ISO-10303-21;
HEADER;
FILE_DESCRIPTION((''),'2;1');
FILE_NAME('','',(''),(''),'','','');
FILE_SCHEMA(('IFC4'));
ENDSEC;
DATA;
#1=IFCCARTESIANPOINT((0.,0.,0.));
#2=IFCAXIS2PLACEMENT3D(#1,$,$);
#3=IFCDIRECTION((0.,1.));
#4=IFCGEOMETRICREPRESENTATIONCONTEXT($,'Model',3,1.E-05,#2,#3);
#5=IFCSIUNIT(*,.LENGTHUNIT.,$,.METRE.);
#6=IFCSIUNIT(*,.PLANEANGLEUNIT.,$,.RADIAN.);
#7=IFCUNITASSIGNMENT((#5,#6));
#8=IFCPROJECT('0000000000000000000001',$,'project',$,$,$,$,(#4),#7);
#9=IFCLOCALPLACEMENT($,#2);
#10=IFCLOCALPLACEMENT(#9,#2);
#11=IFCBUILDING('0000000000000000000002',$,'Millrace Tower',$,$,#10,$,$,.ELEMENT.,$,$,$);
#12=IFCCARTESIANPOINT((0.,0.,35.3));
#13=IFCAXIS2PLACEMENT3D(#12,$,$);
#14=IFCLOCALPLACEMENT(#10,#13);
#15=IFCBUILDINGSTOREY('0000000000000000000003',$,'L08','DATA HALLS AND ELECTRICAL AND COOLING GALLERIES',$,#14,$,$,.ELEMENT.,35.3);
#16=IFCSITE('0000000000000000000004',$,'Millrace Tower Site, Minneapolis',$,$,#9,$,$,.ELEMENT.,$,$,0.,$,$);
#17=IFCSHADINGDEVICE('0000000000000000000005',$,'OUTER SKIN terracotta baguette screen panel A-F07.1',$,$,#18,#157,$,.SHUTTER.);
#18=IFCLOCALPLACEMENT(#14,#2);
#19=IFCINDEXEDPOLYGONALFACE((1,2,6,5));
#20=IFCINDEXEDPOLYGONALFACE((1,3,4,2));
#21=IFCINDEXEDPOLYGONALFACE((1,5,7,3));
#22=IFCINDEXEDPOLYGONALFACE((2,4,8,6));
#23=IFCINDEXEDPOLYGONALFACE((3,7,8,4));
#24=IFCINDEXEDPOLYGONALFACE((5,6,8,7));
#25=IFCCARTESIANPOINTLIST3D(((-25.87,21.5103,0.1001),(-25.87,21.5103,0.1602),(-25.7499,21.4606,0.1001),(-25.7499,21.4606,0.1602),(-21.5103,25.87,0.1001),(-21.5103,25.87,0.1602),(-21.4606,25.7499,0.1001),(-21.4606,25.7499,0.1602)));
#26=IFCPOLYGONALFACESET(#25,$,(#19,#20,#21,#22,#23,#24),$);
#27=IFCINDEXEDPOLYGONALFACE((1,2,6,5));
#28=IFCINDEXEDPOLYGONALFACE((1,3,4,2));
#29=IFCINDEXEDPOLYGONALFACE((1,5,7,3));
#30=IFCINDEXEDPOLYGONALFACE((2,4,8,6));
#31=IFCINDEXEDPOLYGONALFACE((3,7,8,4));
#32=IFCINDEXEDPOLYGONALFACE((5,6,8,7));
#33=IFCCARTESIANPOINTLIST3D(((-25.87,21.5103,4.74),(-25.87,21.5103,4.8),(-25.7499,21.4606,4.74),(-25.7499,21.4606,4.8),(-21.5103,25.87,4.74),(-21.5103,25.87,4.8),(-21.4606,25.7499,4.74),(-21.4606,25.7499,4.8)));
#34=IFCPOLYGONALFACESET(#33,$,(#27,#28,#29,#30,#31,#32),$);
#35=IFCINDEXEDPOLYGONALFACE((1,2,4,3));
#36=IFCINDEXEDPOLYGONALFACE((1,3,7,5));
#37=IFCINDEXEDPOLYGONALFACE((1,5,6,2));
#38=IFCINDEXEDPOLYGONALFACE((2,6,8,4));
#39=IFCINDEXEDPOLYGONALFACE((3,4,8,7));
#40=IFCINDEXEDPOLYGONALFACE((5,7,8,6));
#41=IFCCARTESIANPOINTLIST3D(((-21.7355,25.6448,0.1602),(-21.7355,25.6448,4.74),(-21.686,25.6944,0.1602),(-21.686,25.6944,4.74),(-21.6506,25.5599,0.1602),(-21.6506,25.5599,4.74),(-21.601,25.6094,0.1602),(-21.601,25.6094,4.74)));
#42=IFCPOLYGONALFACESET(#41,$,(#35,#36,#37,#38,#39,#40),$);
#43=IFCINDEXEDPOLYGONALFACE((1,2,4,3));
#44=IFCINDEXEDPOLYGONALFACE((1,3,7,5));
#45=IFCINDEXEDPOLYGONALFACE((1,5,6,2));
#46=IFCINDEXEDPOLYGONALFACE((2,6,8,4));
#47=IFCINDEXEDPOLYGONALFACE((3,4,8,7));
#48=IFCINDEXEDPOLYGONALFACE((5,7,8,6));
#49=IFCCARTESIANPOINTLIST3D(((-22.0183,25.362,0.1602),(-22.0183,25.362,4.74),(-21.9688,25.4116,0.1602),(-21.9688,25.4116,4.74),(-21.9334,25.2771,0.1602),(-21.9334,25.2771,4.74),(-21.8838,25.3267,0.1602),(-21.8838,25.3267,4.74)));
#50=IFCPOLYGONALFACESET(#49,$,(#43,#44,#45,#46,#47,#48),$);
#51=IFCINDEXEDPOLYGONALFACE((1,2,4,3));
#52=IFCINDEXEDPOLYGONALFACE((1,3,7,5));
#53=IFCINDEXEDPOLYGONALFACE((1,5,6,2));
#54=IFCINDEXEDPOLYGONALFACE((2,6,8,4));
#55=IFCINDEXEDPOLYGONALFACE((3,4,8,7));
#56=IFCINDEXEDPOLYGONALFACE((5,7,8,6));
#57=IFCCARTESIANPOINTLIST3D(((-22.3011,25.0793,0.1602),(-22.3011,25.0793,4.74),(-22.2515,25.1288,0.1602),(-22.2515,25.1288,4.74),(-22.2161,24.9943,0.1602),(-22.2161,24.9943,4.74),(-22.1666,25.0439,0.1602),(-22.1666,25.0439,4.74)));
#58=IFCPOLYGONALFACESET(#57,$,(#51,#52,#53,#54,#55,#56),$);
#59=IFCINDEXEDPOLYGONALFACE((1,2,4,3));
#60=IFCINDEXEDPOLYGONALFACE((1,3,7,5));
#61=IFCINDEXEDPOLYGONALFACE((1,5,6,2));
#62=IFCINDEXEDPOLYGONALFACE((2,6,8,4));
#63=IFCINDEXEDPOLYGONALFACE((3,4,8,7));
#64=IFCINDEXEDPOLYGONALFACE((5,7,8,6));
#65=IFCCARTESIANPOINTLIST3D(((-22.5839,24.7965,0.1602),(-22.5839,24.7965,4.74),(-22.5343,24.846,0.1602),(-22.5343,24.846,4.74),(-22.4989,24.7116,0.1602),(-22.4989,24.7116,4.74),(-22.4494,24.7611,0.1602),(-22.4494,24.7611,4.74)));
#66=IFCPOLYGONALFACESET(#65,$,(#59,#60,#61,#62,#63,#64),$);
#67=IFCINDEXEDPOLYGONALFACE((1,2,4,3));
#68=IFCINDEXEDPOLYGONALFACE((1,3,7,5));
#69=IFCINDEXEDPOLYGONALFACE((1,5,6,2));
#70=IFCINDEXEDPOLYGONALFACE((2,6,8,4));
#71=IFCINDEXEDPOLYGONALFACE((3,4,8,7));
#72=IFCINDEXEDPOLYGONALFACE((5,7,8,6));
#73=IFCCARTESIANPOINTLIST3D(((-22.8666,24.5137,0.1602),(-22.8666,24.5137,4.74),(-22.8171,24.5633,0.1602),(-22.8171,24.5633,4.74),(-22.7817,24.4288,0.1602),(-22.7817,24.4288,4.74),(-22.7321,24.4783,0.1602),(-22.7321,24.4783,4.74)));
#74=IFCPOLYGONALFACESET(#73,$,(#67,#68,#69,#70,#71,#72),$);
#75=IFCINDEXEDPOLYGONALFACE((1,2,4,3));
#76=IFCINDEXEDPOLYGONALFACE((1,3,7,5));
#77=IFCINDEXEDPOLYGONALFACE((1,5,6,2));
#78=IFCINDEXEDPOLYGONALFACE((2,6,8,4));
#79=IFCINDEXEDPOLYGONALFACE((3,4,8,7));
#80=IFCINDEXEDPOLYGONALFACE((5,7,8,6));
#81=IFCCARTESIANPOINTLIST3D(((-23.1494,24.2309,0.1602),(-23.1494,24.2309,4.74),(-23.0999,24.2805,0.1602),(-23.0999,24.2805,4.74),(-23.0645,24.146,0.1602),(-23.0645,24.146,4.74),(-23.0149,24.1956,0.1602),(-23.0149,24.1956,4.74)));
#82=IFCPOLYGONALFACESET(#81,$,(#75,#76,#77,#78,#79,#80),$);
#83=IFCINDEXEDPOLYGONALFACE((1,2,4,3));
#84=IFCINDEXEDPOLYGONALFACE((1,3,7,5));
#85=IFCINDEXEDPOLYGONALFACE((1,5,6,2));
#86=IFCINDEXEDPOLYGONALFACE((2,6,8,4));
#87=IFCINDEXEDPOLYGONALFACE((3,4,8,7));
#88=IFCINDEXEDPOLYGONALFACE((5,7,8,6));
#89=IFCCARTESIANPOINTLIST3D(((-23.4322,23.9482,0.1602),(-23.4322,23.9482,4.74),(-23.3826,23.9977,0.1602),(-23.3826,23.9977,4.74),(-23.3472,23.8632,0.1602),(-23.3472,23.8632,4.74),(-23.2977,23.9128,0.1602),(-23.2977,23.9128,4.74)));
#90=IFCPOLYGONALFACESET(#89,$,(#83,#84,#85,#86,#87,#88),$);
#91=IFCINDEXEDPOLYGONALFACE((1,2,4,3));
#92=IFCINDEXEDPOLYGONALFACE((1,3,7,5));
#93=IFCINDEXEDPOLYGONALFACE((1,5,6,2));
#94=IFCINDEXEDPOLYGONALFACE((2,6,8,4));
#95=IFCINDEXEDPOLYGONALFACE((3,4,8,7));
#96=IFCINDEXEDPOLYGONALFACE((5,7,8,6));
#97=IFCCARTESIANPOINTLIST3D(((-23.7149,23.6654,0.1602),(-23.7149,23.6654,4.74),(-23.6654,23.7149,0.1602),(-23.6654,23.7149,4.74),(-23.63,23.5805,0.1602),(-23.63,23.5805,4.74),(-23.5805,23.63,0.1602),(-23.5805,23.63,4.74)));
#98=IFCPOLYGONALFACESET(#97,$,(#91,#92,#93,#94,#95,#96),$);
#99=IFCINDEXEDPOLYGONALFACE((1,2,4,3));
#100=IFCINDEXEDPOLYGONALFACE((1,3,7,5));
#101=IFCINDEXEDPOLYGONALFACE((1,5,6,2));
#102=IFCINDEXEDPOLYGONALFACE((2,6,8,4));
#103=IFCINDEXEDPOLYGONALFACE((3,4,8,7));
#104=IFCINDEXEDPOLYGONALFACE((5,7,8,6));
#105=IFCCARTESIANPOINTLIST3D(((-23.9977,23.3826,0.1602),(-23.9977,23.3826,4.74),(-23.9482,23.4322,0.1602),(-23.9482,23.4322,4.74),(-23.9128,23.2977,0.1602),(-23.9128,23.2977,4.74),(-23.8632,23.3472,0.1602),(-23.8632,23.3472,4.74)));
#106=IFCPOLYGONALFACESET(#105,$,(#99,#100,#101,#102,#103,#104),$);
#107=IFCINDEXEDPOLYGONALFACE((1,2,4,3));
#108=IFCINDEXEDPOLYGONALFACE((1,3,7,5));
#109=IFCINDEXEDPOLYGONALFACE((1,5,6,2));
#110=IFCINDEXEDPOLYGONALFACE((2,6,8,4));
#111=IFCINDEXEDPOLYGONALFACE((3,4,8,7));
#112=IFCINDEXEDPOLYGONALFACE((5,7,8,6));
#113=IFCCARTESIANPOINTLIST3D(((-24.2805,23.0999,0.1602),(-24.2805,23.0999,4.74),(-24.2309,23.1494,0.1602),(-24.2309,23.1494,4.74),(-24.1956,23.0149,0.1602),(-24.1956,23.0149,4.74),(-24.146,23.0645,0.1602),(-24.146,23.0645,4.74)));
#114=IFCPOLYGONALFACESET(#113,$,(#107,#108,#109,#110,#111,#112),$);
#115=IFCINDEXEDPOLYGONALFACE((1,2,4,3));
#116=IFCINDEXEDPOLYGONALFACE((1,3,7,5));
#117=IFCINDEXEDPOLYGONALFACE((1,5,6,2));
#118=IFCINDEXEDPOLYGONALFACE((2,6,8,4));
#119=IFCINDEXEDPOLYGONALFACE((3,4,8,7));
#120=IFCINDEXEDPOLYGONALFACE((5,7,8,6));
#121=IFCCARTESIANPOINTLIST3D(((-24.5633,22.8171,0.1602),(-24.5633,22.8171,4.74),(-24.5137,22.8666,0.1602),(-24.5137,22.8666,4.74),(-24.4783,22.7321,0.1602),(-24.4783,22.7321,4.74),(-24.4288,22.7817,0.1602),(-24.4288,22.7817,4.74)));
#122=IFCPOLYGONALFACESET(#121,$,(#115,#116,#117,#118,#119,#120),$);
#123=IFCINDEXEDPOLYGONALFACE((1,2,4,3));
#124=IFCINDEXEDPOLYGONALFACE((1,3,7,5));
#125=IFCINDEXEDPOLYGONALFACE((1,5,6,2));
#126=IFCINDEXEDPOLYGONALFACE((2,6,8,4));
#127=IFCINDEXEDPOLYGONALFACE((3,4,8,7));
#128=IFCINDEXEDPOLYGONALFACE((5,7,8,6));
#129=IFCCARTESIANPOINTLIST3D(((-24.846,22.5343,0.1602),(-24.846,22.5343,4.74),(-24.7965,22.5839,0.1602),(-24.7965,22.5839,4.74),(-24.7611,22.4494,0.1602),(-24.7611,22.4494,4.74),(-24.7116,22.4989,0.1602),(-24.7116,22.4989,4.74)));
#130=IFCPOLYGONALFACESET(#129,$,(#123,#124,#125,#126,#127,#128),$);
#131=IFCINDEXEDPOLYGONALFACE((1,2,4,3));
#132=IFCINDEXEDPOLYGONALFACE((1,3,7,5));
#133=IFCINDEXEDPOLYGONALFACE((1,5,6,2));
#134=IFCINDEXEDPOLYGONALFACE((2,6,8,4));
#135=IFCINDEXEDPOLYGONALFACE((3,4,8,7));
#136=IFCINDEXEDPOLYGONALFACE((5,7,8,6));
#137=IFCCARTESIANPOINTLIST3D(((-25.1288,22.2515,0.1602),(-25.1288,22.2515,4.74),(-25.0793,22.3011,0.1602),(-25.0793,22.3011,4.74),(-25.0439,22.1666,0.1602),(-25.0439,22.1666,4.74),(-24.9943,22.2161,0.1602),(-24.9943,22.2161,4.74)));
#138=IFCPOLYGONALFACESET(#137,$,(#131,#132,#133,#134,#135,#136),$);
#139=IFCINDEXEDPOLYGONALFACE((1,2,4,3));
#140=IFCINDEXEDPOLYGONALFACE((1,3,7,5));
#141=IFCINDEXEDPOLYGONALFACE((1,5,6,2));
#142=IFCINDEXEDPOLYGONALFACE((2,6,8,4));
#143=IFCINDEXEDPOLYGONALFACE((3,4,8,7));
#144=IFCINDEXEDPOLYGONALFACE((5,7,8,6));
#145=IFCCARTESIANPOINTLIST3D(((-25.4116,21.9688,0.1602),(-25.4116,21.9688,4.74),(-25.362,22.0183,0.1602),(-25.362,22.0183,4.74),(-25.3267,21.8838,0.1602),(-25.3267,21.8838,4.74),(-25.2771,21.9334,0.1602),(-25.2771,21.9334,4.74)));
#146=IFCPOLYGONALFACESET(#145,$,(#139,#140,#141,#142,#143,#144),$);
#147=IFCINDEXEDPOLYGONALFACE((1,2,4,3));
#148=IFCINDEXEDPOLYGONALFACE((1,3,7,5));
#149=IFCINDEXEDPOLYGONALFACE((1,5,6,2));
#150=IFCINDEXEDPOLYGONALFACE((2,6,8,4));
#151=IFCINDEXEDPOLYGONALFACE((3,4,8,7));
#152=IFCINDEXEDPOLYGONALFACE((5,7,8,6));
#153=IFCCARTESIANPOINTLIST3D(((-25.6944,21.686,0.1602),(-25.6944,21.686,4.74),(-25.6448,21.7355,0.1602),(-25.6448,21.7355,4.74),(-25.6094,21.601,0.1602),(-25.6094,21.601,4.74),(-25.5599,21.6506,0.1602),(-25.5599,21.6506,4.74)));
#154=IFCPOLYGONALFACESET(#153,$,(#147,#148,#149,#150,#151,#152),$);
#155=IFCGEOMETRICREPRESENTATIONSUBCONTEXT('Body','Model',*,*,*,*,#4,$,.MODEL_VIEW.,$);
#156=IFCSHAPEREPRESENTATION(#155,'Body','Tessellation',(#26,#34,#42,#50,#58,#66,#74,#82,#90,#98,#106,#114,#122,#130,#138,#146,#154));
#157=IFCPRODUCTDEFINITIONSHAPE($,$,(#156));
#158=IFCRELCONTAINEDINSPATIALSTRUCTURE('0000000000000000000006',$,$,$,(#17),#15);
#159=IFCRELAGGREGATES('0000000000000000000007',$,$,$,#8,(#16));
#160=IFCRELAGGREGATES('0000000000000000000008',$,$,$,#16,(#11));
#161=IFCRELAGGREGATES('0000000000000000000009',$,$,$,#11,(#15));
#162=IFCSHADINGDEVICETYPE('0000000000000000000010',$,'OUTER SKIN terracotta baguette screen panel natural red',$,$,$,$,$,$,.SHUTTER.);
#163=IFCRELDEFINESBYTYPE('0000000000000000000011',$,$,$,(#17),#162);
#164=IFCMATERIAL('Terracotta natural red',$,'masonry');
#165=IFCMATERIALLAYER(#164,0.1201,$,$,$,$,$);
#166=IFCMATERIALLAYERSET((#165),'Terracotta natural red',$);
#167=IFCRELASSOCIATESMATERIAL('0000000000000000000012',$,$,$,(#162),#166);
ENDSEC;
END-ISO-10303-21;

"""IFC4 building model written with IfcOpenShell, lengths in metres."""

from ifc_helpers import new_model, entity, si_unit, direction, frame, frame_2d, origin, origin_2d, place, context, subcontext, project, spatial, rectangle, extrude, source, transform, mapped, material, layer, layer_set, type_object, element, save


model = new_model("IFC4")

# Units and contexts
model_context = context("Model", 3, precision=1e-05, world=origin(), true_north=direction((0.0, 1.0)))
body_context = subcontext(model_context, "Body", "Model", "MODEL_VIEW")
ifc_project = project(units=[si_unit("LENGTHUNIT", "METRE"), si_unit("PLANEANGLEUNIT", "RADIAN")], contexts=[model_context])

# Site, building, storey
site_placement = place(None, origin())
site = spatial("IfcSite", under=ifc_project, at=site_placement, Name="Millrace Tower Site, Minneapolis", CompositionType="ELEMENT", RefElevation=0.0)
building_placement = place(site_placement, origin())
building = spatial("IfcBuilding", under=site, at=building_placement, Name="Millrace Tower", CompositionType="ELEMENT")
storey_placement = place(building_placement, frame((0.0, 0.0, 35.3)))
storey = spatial("IfcBuildingStorey", under=building, at=storey_placement, Name="L08", Description="DATA HALLS AND ELECTRICAL AND COOLING GALLERIES", CompositionType="ELEMENT", Elevation=35.3)

# Shading device
ifc_material_1 = material(Name="Terracotta natural red", Category="masonry")
ifc_layer_1 = layer(ifc_material_1, 0.1201)
ifc_layer_set_1 = layer_set([ifc_layer_1], Name="Terracotta natural red")
shading_device_type_1 = type_object("IfcShadingDeviceType", Name="OUTER SKIN terracotta baguette screen panel natural red", PredefinedType="SHUTTER", material=ifc_layer_set_1)
cartesian_point_1 = entity("IfcCartesianPoint", [-3.033, 0.0601])
shared_polyline_1 = entity("IfcPolyline", [cartesian_point_1, entity("IfcCartesianPoint", [3.033, 0.0601]), entity("IfcCartesianPoint", [3.0828, -0.0601]), entity("IfcCartesianPoint", [-3.0828, -0.0601]), cartesian_point_1])
shared_shape_1 = source(origin(), body_context, "Body", "SweptSolid", [
    entity("IfcExtrudedAreaSolid", entity("IfcArbitraryClosedProfileDef", "AREA", None, shared_polyline_1), entity("IfcAxis2Placement3D", entity("IfcCartesianPoint", [0.0, 0.0, 0.0])), entity("IfcDirection", [0.0, 0.0, 1.0]), 0.0601),
    entity("IfcExtrudedAreaSolid", entity("IfcArbitraryClosedProfileDef", "AREA", None, shared_polyline_1), entity("IfcAxis2Placement3D", entity("IfcCartesianPoint", [0.0, 0.0, 4.6399])), entity("IfcDirection", [0.0, 0.0, 1.0]), 0.0601),
    extrude(rectangle(XDim=0.0701, YDim=0.1201, at=frame_2d((-2.7993, 0.0))), frame((0.0, 0.0, 0.0601)), (0.0, 0.0, 1.0), 4.5798),
    extrude(rectangle(XDim=0.0701, YDim=0.1201, at=frame_2d((-2.3994, 0.0))), frame((0.0, 0.0, 0.0601)), (0.0, 0.0, 1.0), 4.5798),
    extrude(rectangle(XDim=0.0701, YDim=0.1201, at=frame_2d((-1.9995, 0.0))), frame((0.0, 0.0, 0.0601)), (0.0, 0.0, 1.0), 4.5798),
    extrude(rectangle(XDim=0.0701, YDim=0.1201, at=frame_2d((-1.5996, 0.0))), frame((0.0, 0.0, 0.0601)), (0.0, 0.0, 1.0), 4.5798),
    extrude(rectangle(XDim=0.0701, YDim=0.1201, at=frame_2d((-1.1997, 0.0))), frame((0.0, 0.0, 0.0601)), (0.0, 0.0, 1.0), 4.5798),
    extrude(rectangle(XDim=0.0701, YDim=0.1201, at=frame_2d((-0.7998, 0.0))), frame((0.0, 0.0, 0.0601)), (0.0, 0.0, 1.0), 4.5798),
    extrude(rectangle(XDim=0.0701, YDim=0.1201, at=frame_2d((-0.3999, 0.0))), frame((0.0, 0.0, 0.0601)), (0.0, 0.0, 1.0), 4.5798),
    extrude(rectangle(XDim=0.0701, YDim=0.1201, at=origin_2d()), frame((0.0, 0.0, 0.0601)), (0.0, 0.0, 1.0), 4.5798),
    extrude(rectangle(XDim=0.0701, YDim=0.1201, at=frame_2d((0.3999, 0.0))), frame((0.0, 0.0, 0.0601)), (0.0, 0.0, 1.0), 4.5798),
    extrude(rectangle(XDim=0.0701, YDim=0.1201, at=frame_2d((0.7998, 0.0))), frame((0.0, 0.0, 0.0601)), (0.0, 0.0, 1.0), 4.5798),
    extrude(rectangle(XDim=0.0701, YDim=0.1201, at=frame_2d((1.1997, 0.0))), frame((0.0, 0.0, 0.0601)), (0.0, 0.0, 1.0), 4.5798),
    extrude(rectangle(XDim=0.0701, YDim=0.1201, at=frame_2d((1.5996, 0.0))), frame((0.0, 0.0, 0.0601)), (0.0, 0.0, 1.0), 4.5798),
    extrude(rectangle(XDim=0.0701, YDim=0.1201, at=frame_2d((1.9995, 0.0))), frame((0.0, 0.0, 0.0601)), (0.0, 0.0, 1.0), 4.5798),
    extrude(rectangle(XDim=0.0701, YDim=0.1201, at=frame_2d((2.3994, 0.0))), frame((0.0, 0.0, 0.0601)), (0.0, 0.0, 1.0), 4.5798),
    extrude(rectangle(XDim=0.0701, YDim=0.1201, at=frame_2d((2.7993, 0.0))), frame((0.0, 0.0, 0.0601)), (0.0, 0.0, 1.0), 4.5798),
])
shading_device_1_placement = place(storey_placement, frame((-23.6477, 23.6477, 0.1001), z_axis=(0.0, 0.0, 1.0), x_axis=(-0.707107, -0.707107, 0.0)))
element("IfcShadingDevice", 1, at=shading_device_1_placement, inside=storey, type_object=shading_device_type_1, Name="OUTER SKIN terracotta baguette screen panel A-F07.1", PredefinedType="SHUTTER", context=body_context, shape_type="MappedRepresentation", body=[
    mapped(shared_shape_1, transform((0.0, 0.0, 0.0), scale=1.0)),
])

save(model, "model.ifc")
